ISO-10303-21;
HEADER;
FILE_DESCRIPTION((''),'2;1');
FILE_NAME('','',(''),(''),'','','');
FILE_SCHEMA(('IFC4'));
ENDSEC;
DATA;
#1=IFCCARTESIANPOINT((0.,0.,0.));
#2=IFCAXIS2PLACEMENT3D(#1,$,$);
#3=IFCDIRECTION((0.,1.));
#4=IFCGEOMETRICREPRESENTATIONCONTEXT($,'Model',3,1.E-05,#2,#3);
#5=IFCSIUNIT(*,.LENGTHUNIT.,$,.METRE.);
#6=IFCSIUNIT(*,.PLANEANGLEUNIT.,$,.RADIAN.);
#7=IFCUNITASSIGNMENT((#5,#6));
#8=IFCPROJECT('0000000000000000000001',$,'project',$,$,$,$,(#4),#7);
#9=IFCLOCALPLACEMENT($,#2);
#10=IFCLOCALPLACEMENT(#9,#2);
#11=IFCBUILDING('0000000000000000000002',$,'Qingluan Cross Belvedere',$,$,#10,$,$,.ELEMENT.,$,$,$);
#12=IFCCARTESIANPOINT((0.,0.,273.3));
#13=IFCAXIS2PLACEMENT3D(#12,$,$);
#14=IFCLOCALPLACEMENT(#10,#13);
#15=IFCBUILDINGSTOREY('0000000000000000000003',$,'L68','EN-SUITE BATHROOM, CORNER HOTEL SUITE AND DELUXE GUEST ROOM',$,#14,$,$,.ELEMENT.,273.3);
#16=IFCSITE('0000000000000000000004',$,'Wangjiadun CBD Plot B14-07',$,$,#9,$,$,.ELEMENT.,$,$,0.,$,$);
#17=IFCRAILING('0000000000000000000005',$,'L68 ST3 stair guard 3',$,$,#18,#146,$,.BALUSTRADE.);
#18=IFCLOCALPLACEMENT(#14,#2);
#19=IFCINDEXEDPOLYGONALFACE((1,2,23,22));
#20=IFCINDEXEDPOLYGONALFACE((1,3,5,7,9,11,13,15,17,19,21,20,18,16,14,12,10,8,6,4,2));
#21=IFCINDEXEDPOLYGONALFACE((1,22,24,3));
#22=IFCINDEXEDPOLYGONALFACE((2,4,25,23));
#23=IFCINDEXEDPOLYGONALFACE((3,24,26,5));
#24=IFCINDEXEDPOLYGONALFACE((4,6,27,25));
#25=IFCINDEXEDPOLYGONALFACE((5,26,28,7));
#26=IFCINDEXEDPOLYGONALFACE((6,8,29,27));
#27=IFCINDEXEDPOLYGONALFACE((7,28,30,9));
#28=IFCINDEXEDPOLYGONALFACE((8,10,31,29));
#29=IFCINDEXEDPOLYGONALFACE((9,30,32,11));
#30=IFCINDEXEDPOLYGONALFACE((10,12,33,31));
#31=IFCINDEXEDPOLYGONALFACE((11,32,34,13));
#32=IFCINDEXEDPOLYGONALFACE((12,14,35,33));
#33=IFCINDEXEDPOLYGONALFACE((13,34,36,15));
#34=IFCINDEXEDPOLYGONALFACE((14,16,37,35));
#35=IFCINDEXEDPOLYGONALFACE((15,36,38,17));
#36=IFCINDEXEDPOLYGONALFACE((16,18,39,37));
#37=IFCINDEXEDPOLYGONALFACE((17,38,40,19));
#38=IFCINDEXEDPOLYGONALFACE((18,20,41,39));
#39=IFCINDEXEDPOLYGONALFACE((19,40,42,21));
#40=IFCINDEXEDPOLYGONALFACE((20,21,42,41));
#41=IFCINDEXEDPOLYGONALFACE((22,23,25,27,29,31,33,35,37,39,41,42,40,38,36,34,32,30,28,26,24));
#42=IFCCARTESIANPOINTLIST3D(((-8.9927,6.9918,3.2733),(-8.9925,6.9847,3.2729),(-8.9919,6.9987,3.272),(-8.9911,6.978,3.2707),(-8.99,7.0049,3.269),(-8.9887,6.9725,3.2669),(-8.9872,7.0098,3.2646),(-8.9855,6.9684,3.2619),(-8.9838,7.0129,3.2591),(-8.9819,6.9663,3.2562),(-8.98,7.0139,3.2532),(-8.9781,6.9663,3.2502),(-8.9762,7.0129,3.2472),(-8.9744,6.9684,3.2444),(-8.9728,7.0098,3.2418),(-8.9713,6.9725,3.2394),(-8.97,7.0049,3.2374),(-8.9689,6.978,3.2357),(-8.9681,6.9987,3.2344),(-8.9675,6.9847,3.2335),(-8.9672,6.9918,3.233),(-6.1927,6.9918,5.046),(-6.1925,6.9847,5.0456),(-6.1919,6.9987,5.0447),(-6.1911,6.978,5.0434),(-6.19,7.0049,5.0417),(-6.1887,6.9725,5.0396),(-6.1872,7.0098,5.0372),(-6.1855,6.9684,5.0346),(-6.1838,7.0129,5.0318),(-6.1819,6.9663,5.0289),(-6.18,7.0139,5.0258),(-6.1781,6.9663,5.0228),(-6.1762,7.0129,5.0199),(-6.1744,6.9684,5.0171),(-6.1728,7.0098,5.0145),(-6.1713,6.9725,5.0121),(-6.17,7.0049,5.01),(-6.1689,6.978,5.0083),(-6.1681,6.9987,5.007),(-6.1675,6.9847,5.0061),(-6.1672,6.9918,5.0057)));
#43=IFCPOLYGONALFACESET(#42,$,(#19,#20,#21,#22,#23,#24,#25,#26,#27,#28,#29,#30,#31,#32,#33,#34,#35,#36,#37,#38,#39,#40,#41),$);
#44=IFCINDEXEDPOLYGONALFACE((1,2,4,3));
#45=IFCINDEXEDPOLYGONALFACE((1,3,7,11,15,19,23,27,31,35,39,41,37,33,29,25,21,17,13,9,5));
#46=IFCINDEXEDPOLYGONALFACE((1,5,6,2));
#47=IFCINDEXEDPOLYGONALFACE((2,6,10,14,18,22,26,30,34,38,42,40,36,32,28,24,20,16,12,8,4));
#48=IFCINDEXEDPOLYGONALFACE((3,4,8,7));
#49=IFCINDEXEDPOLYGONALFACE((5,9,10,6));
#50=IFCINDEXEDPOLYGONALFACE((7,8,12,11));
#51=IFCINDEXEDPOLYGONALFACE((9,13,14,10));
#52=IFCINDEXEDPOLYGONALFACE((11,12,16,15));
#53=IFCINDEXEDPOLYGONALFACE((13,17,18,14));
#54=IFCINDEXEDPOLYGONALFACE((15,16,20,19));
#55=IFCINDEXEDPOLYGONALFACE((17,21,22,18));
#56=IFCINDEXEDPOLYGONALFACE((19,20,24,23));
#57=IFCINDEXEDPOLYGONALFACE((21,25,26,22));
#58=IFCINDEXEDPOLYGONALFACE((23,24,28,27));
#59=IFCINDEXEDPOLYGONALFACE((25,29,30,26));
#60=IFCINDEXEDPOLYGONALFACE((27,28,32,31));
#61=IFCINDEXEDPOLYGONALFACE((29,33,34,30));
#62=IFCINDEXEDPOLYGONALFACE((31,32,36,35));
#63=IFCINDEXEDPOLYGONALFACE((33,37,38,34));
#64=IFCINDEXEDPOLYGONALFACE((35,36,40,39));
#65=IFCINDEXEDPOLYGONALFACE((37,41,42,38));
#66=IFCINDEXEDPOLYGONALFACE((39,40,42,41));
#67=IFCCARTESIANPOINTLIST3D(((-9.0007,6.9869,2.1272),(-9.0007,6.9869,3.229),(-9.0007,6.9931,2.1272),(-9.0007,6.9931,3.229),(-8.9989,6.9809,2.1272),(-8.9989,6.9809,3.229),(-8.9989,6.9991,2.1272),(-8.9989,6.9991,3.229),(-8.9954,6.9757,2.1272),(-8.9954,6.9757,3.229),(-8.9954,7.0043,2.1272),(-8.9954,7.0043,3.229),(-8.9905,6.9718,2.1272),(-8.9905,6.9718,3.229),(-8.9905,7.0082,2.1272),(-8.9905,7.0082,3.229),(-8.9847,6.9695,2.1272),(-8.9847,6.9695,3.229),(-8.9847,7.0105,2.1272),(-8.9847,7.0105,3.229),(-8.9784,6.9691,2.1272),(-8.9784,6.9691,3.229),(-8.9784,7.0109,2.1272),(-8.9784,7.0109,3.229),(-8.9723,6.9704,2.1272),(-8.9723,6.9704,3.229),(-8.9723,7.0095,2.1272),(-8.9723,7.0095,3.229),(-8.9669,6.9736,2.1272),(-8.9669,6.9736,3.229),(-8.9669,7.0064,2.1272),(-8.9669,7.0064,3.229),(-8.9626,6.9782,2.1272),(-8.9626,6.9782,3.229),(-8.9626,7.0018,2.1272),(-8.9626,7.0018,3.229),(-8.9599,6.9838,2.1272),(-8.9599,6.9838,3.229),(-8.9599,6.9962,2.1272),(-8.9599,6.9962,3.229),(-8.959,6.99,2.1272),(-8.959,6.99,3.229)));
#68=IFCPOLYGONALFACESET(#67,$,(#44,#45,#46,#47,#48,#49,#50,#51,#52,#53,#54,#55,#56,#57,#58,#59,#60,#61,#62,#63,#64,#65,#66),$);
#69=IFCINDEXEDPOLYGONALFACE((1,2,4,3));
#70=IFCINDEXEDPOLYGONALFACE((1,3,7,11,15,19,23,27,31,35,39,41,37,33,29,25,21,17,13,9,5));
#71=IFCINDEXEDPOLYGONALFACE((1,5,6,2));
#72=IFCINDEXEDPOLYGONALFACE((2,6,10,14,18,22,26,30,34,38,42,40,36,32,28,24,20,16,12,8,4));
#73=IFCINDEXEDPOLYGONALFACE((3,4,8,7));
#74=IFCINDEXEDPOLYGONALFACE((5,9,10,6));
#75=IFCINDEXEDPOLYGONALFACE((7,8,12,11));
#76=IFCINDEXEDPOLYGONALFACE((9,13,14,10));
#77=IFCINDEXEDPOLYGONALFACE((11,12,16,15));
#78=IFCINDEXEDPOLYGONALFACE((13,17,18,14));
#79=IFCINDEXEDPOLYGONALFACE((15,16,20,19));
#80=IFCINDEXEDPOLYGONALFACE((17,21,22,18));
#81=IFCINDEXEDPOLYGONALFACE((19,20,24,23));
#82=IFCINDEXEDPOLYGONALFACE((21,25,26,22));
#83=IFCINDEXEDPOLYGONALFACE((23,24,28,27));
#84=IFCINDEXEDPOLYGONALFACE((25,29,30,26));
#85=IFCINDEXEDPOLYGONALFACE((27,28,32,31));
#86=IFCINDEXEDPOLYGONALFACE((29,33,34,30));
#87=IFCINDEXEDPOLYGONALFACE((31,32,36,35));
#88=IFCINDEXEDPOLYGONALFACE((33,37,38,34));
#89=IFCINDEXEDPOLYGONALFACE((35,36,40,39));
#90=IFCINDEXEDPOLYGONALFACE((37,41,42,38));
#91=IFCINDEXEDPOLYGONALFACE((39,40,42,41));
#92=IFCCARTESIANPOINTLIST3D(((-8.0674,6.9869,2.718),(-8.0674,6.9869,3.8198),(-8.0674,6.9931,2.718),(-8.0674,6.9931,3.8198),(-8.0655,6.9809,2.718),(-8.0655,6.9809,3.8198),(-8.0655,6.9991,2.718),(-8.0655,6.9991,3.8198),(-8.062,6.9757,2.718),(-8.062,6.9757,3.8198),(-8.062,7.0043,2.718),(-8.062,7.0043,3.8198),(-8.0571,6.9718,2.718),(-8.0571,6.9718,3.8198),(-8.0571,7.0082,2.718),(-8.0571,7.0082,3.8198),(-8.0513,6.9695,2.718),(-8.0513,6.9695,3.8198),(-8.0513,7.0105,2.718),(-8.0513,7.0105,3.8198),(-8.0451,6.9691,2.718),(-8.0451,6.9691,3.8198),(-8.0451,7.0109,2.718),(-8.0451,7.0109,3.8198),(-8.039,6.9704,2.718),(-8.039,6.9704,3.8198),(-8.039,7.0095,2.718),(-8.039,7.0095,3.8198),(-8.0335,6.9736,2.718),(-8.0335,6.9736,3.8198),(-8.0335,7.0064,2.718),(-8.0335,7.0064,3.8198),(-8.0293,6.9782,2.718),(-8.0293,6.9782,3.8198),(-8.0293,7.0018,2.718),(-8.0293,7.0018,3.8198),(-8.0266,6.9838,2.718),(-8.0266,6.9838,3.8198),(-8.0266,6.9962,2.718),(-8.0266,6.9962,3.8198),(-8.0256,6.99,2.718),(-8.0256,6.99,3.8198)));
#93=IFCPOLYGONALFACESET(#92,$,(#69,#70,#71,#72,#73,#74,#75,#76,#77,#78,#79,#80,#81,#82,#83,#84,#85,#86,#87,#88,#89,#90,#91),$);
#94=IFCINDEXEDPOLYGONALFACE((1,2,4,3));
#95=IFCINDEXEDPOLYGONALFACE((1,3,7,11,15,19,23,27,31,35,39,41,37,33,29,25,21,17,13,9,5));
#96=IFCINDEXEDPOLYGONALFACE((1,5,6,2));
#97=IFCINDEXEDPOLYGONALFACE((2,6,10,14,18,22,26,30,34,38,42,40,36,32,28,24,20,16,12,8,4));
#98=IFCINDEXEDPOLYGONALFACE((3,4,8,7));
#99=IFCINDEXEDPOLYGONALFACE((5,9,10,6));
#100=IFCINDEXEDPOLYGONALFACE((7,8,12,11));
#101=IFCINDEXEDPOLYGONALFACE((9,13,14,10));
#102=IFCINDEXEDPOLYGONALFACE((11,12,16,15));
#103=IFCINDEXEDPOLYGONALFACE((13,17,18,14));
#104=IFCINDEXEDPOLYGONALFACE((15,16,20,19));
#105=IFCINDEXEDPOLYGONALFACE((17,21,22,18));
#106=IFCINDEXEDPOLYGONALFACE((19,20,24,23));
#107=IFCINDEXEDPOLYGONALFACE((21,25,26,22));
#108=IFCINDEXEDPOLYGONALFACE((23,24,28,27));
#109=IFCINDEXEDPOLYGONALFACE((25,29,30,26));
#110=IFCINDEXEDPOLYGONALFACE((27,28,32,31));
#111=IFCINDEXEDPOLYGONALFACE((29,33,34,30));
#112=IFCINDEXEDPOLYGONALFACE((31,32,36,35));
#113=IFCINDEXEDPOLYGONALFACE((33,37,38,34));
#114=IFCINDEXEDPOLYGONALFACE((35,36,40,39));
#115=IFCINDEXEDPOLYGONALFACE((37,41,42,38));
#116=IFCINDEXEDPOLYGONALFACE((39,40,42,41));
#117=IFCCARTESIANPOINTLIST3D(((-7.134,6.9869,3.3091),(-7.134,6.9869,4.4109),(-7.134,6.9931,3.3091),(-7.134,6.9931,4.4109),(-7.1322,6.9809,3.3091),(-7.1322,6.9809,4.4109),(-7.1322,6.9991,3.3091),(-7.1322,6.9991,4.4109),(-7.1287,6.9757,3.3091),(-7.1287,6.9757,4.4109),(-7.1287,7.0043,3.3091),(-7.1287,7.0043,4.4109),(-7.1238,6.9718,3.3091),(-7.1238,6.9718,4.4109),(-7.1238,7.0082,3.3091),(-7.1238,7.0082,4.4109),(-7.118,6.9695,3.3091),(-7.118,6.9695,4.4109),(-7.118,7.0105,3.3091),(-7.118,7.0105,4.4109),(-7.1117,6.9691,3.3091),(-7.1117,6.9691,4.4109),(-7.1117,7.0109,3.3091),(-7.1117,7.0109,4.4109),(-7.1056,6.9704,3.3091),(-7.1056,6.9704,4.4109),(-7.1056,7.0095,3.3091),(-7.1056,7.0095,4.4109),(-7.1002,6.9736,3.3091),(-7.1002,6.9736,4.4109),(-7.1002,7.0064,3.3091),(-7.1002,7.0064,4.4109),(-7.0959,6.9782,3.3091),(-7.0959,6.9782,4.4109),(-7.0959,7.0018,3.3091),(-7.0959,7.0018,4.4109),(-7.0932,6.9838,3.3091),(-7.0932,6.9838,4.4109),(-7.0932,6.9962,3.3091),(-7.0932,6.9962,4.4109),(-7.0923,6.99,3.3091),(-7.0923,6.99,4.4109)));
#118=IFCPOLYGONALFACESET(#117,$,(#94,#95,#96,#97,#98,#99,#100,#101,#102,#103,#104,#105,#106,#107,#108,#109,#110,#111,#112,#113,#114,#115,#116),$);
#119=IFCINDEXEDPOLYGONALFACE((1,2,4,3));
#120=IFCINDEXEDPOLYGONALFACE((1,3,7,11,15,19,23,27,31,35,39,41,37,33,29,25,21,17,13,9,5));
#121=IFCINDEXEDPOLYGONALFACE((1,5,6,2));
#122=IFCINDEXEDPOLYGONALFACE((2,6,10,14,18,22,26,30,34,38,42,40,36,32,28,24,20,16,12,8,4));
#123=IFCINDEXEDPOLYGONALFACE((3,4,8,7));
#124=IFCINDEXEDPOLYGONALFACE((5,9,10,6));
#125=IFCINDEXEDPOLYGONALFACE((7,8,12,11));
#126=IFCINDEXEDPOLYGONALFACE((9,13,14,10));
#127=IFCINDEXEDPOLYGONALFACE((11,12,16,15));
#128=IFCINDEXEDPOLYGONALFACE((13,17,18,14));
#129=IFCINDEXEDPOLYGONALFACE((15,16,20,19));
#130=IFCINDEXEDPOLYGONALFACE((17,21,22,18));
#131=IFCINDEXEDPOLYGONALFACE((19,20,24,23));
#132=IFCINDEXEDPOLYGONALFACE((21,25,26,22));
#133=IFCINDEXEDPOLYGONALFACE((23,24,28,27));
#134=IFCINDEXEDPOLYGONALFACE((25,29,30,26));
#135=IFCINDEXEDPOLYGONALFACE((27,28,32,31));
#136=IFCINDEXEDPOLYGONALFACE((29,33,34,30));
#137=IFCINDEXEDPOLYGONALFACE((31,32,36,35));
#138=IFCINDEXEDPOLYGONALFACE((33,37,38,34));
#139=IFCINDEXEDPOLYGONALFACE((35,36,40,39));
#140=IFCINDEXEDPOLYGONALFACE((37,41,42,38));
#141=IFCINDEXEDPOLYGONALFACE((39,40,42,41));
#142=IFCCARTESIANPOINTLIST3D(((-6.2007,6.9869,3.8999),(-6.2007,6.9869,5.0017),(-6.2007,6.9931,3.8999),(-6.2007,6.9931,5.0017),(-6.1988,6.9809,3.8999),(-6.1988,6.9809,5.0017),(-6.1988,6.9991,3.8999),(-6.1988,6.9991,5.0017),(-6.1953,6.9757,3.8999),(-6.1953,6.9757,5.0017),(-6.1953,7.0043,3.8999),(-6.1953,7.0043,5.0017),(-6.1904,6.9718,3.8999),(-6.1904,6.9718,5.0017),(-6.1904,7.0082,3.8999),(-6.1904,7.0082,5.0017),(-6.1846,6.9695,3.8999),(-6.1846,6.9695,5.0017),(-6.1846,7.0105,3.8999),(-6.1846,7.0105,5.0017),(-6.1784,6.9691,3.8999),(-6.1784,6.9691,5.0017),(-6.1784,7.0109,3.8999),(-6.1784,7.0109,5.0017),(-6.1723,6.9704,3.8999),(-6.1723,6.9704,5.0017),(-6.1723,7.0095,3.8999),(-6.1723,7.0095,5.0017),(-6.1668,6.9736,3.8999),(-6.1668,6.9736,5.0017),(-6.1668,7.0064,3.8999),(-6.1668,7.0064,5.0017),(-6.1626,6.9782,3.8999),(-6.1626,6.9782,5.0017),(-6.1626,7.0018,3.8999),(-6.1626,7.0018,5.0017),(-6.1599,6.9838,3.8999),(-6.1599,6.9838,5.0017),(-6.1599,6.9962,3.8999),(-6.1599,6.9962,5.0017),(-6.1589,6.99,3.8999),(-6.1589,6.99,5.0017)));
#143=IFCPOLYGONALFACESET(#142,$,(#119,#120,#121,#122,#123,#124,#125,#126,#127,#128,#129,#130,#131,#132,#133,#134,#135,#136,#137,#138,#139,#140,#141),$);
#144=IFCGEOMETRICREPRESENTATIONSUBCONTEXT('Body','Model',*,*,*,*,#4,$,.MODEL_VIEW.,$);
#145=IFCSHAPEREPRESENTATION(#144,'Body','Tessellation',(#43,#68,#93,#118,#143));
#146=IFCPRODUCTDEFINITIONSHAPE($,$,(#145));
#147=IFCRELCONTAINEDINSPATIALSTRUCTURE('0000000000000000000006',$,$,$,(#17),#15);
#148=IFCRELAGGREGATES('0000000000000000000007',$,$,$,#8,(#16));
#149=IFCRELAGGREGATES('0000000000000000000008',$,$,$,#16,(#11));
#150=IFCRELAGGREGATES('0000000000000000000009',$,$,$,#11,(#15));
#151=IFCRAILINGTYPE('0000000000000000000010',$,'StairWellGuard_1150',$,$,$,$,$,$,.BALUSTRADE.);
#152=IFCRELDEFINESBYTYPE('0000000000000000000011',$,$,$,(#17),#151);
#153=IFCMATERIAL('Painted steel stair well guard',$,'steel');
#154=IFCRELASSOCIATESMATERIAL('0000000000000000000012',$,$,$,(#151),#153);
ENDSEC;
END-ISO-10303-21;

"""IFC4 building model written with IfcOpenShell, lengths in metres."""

from ifc_helpers import new_model, si_unit, direction, frame, origin, origin_2d, place, context, subcontext, project, spatial, circle, extrude, material, type_object, element, save


model = new_model("IFC4")

# Units and contexts
model_context = context("Model", 3, precision=1e-05, world=origin(), true_north=direction((0.0, 1.0)))
body_context = subcontext(model_context, "Body", "Model", "MODEL_VIEW")
ifc_project = project(units=[si_unit("LENGTHUNIT", "METRE"), si_unit("PLANEANGLEUNIT", "RADIAN")], contexts=[model_context])

# Site, building, storey
site_placement = place(None, origin())
site = spatial("IfcSite", under=ifc_project, at=site_placement, Name="Wangjiadun CBD Plot B14-07", CompositionType="ELEMENT", RefElevation=0.0)
building_placement = place(site_placement, origin())
building = spatial("IfcBuilding", under=site, at=building_placement, Name="Qingluan Cross Belvedere", CompositionType="ELEMENT")
storey_placement = place(building_placement, frame((0.0, 0.0, 273.3)))
storey = spatial("IfcBuildingStorey", under=building, at=storey_placement, Name="L68", Description="EN-SUITE BATHROOM, CORNER HOTEL SUITE AND DELUXE GUEST ROOM", CompositionType="ELEMENT", Elevation=273.3)

# Railing
ifc_material_1 = material(Name="Painted steel stair well guard", Category="steel")
railing_type_1 = type_object("IfcRailingType", Name="StairWellGuard_1150", PredefinedType="BALUSTRADE", material=ifc_material_1)
railing_1_placement = place(storey_placement, frame((-8.98, 6.99, 2.1272)))
element("IfcRailing", 1, at=railing_1_placement, inside=storey, type_object=railing_type_1, Name="L68 ST3 stair guard 3", PredefinedType="BALUSTRADE", context=body_context, shape_type="SweptSolid", body=[
    extrude(circle(Radius=0.0239, at=origin_2d()), frame((0.0, 0.0, 1.126), z_axis=(0.844909, 0.0, 0.53491), x_axis=(0.0, 1.0, 0.0)), (0.0, 0.0, 1.0), 3.314),
    extrude(circle(Radius=0.021, at=origin_2d()), origin(), (0.0, 0.0, 1.0), 1.1018),
    extrude(circle(Radius=0.021, at=origin_2d()), frame((0.9333, 0.0, 0.5908)), (0.0, 0.0, 1.0), 1.1018),
    extrude(circle(Radius=0.021, at=origin_2d()), frame((1.8667, 0.0, 1.1819)), (0.0, 0.0, 1.0), 1.1018),
    extrude(circle(Radius=0.021, at=origin_2d()), frame((2.8, 0.0, 1.7727)), (0.0, 0.0, 1.0), 1.1018),
])

save(model, "model.ifc")
